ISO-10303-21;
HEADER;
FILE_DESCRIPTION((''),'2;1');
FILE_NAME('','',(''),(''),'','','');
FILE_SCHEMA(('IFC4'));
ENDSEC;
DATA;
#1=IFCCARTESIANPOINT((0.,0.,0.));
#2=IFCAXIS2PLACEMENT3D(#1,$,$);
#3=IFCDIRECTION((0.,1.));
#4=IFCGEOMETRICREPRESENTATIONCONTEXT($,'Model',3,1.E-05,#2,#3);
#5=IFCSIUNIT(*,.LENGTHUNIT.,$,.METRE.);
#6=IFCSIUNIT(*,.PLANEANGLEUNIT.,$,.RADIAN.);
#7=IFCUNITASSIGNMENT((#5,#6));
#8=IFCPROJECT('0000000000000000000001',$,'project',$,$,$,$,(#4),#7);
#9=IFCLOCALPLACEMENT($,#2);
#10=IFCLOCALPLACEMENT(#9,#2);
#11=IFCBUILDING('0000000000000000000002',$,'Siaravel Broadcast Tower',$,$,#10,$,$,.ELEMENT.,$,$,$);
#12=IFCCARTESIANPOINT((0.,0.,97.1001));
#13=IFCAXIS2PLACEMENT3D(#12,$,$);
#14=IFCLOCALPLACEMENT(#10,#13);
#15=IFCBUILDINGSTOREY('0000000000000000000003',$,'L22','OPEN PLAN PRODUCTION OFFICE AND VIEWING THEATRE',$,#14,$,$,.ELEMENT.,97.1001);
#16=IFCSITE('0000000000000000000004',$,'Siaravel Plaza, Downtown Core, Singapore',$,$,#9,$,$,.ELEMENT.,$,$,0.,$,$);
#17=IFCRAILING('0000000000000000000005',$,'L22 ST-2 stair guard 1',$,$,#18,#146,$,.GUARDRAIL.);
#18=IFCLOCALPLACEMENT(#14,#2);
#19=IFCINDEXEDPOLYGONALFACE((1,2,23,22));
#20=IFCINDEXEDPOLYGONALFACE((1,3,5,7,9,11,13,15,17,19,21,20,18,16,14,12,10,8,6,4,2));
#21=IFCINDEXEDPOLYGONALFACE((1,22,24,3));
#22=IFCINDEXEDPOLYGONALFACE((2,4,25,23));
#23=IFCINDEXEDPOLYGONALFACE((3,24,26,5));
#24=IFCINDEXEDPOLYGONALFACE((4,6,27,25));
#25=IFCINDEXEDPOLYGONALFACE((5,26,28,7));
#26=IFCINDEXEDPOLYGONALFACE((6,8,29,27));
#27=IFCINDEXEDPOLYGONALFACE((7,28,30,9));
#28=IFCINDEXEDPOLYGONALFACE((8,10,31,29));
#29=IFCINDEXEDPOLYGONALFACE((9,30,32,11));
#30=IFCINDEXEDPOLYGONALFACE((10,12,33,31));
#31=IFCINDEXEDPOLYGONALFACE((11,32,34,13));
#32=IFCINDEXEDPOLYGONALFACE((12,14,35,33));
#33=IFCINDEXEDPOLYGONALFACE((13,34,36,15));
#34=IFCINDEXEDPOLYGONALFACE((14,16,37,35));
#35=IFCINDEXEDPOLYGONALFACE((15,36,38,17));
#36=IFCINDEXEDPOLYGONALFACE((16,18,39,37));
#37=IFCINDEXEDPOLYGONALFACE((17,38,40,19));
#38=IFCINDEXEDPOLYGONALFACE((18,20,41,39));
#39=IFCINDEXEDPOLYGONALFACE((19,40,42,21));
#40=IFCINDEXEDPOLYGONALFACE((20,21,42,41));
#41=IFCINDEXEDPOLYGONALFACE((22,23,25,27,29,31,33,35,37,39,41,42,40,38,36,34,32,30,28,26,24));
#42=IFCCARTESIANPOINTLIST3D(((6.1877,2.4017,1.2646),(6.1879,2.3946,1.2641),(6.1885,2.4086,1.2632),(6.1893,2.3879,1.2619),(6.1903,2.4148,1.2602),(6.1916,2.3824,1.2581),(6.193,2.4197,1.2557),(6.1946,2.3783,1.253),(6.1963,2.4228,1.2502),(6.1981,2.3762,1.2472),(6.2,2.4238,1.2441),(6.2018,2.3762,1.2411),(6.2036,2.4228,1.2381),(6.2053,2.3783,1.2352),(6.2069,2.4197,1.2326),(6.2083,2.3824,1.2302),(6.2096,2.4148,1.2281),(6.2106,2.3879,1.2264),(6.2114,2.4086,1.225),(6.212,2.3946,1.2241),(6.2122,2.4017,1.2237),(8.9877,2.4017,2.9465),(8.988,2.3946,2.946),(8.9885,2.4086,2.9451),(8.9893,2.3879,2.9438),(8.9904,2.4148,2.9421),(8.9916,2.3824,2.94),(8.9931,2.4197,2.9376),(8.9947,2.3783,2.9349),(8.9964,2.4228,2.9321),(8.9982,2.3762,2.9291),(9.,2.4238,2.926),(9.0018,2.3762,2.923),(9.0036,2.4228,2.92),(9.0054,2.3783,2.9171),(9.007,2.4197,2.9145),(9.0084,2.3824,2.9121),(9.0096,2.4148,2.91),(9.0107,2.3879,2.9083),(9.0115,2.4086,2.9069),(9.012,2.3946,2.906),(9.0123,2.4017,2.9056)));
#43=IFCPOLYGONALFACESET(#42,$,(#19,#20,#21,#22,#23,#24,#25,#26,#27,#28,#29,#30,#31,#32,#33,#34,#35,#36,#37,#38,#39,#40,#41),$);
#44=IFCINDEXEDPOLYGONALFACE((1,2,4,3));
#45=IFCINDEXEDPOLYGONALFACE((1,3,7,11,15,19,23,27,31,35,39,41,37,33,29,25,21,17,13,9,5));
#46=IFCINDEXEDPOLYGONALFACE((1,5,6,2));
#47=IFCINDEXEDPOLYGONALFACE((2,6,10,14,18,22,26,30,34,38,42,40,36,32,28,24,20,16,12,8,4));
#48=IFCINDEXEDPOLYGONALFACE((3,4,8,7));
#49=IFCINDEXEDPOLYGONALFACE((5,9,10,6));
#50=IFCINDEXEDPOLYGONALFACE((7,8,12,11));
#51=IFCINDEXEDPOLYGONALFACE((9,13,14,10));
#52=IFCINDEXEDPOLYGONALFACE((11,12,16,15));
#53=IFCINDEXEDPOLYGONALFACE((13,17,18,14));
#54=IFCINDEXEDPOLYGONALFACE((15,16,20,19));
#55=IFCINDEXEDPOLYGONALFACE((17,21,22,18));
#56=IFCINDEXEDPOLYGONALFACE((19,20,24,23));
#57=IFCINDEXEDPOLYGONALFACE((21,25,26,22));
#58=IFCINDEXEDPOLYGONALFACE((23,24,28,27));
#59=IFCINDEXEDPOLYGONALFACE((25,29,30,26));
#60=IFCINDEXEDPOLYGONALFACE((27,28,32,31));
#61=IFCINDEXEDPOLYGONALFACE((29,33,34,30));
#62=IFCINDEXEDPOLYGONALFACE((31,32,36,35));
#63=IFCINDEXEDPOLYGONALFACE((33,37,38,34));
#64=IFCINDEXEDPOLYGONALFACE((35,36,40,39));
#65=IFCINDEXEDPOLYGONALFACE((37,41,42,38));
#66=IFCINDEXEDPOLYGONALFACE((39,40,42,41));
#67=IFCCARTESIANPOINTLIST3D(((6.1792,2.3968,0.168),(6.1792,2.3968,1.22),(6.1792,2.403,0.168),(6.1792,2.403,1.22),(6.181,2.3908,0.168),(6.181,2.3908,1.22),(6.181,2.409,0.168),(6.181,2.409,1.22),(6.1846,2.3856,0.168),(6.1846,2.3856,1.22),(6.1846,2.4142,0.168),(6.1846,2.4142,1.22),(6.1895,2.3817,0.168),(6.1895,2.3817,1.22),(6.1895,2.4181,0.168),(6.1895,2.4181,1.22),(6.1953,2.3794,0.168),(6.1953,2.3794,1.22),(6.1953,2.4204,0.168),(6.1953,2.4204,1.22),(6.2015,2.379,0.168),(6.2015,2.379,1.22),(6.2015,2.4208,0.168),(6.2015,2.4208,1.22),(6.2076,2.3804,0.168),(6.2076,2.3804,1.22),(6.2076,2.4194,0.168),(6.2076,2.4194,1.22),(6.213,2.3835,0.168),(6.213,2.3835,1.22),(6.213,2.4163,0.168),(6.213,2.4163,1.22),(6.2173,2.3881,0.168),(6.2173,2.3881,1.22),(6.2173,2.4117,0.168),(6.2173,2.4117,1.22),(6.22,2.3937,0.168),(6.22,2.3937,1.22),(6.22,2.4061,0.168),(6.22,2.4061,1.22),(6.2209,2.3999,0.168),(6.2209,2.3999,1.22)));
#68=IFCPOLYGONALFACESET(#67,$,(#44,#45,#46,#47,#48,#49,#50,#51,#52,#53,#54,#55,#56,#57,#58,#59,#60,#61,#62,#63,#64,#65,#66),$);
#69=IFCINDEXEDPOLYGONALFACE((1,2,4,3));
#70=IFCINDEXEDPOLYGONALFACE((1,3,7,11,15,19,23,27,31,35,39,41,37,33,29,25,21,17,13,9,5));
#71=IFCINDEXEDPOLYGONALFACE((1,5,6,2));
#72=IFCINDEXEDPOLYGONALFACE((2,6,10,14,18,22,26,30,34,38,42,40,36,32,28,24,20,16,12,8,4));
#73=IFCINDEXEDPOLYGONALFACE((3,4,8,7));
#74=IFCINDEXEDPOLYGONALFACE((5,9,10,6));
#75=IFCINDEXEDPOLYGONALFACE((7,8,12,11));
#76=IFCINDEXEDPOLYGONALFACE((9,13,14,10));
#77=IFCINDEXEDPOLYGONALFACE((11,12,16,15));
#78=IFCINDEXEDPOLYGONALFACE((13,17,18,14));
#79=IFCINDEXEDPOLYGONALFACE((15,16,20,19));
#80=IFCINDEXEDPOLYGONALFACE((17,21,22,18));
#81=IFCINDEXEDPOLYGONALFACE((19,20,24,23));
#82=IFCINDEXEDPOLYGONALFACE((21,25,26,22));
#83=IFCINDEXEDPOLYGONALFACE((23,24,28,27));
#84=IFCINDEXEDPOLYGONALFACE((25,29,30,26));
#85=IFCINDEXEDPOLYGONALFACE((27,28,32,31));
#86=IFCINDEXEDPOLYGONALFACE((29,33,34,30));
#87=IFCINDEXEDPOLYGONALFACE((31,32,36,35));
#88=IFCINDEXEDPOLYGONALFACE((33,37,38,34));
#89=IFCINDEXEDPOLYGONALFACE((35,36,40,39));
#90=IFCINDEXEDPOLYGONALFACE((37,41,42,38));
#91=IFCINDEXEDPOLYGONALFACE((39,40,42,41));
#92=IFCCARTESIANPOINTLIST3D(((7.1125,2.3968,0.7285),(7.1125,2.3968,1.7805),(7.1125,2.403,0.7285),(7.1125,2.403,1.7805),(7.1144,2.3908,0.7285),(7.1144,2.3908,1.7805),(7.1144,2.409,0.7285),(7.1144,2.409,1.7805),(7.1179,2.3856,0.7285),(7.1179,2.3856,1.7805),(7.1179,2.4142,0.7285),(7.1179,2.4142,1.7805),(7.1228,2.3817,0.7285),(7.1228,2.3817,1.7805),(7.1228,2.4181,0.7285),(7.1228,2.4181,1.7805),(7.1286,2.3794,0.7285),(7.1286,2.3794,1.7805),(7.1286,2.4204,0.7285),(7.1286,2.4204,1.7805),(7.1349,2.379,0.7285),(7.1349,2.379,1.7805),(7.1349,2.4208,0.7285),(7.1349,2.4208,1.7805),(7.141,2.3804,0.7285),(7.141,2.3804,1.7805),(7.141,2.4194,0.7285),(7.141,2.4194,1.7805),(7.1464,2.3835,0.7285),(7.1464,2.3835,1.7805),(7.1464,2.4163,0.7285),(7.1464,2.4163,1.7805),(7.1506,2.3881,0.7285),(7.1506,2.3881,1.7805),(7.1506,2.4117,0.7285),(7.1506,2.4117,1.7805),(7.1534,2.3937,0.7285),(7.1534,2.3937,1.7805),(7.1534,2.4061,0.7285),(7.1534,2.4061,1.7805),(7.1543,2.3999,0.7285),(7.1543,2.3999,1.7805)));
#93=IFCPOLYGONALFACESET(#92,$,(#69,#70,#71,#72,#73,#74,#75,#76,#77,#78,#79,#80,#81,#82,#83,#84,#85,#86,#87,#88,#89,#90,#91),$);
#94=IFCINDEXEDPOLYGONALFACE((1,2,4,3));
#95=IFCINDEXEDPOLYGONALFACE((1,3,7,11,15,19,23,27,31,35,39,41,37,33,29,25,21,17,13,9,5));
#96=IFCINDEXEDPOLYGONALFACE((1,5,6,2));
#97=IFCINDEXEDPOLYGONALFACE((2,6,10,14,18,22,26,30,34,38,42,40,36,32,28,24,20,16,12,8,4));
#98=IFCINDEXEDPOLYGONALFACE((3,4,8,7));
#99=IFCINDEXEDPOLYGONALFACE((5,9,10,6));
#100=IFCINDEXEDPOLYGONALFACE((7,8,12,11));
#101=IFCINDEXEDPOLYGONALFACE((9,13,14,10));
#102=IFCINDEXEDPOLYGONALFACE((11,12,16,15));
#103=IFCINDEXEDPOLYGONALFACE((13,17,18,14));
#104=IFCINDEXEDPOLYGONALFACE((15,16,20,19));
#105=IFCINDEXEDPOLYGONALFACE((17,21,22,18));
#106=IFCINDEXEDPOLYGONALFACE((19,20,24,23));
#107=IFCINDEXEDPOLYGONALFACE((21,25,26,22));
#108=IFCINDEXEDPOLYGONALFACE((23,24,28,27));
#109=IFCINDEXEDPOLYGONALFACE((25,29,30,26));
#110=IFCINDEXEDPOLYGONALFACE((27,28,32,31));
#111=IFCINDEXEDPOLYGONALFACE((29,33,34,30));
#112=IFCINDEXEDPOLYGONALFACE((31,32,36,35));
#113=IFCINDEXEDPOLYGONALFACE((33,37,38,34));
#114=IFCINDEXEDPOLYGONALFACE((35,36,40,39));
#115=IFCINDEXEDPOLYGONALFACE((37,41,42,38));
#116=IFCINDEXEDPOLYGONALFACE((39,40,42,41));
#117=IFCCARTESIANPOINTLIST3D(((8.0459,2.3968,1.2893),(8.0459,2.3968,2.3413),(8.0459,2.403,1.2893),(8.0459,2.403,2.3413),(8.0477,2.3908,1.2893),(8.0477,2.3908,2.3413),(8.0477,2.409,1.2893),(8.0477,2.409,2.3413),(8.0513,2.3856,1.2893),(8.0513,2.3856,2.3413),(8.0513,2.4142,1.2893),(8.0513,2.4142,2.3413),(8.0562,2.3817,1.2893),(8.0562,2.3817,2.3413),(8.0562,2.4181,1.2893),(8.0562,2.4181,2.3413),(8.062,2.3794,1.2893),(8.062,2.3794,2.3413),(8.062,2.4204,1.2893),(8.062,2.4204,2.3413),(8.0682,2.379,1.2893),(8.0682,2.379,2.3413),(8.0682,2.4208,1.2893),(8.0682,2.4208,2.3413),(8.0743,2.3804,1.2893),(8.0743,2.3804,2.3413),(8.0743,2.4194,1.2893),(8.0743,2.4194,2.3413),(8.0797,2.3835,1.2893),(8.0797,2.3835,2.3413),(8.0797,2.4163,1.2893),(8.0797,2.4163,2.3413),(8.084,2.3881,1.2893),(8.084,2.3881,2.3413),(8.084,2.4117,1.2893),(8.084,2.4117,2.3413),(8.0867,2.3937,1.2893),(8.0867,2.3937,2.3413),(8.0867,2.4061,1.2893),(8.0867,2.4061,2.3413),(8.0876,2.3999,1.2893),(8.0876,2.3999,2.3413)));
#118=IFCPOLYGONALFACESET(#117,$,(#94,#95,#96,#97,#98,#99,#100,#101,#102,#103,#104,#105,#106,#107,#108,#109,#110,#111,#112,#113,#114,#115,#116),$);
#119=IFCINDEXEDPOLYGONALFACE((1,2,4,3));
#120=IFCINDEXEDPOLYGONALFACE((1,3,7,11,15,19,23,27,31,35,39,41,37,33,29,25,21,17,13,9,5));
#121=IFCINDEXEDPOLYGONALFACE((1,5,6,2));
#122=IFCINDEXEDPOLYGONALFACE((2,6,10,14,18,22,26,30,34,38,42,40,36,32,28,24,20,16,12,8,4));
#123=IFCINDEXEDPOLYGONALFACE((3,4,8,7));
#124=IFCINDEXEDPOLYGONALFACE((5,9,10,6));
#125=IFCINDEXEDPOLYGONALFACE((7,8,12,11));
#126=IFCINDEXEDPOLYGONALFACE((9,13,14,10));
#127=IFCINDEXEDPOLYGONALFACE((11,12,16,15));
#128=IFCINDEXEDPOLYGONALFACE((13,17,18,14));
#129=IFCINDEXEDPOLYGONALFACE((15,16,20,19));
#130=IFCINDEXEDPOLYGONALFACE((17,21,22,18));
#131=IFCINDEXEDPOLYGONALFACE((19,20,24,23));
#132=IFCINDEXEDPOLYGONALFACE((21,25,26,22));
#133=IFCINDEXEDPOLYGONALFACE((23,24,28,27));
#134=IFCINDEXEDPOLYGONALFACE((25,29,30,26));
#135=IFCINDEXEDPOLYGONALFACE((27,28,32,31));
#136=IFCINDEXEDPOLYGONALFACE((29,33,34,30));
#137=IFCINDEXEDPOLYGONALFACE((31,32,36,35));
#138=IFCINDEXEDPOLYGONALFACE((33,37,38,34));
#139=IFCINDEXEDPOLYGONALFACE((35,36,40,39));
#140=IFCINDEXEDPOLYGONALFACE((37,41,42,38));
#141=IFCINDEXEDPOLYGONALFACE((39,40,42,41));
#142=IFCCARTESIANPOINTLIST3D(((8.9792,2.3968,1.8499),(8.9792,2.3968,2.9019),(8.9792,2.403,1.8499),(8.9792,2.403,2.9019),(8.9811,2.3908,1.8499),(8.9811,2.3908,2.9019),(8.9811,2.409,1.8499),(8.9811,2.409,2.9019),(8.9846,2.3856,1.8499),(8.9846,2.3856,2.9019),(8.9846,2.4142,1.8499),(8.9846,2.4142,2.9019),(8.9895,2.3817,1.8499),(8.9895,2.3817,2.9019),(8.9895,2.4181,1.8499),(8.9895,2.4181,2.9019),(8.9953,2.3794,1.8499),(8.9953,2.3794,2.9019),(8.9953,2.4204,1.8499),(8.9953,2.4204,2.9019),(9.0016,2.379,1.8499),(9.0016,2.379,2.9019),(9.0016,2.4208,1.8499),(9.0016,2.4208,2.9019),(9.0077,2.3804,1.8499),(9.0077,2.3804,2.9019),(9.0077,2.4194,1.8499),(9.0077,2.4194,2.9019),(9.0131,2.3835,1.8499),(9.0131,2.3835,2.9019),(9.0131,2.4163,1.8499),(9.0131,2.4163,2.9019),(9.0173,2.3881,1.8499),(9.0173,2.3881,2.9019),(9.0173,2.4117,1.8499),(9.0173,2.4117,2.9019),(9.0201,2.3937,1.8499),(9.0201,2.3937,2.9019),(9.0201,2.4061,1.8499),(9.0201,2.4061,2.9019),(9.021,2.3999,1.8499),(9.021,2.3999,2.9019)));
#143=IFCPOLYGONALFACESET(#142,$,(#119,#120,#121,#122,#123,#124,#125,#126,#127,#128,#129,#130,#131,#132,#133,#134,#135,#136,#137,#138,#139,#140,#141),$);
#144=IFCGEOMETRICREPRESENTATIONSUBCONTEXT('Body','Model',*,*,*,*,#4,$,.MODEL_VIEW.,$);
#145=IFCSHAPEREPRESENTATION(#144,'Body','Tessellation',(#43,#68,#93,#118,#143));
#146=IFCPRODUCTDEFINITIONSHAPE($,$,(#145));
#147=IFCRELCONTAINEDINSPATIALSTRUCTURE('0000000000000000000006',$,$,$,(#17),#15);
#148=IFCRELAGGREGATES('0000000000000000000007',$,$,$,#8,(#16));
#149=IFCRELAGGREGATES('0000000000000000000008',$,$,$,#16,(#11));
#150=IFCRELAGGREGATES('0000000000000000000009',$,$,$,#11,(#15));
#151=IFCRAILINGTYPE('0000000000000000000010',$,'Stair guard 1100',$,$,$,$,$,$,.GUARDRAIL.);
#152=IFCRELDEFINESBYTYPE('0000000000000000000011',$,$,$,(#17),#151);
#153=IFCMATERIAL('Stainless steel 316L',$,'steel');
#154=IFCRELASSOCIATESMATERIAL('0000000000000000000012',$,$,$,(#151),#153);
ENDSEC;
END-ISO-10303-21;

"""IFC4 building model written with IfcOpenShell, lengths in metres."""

from ifc_helpers import new_model, si_unit, direction, frame, origin, origin_2d, place, context, subcontext, project, spatial, circle, extrude, material, type_object, element, save


model = new_model("IFC4")

# Units and contexts
model_context = context("Model", 3, precision=1e-05, world=origin(), true_north=direction((0.0, 1.0)))
body_context = subcontext(model_context, "Body", "Model", "MODEL_VIEW")
ifc_project = project(units=[si_unit("LENGTHUNIT", "METRE"), si_unit("PLANEANGLEUNIT", "RADIAN")], contexts=[model_context])

# Site, building, storey
site_placement = place(None, origin())
site = spatial("IfcSite", under=ifc_project, at=site_placement, Name="Siaravel Plaza, Downtown Core, Singapore", CompositionType="ELEMENT", RefElevation=0.0)
building_placement = place(site_placement, origin())
building = spatial("IfcBuilding", under=site, at=building_placement, Name="Siaravel Broadcast Tower", CompositionType="ELEMENT")
storey_placement = place(building_placement, frame((0.0, 0.0, 97.1001)))
storey = spatial("IfcBuildingStorey", under=building, at=storey_placement, Name="L22", Description="OPEN PLAN PRODUCTION OFFICE AND VIEWING THEATRE", CompositionType="ELEMENT", Elevation=97.1001)

# Railing
ifc_material_1 = material(Name="Stainless steel 316L", Category="steel")
railing_type_1 = type_object("IfcRailingType", Name="Stair guard 1100", PredefinedType="GUARDRAIL", material=ifc_material_1)
railing_1_placement = place(storey_placement, frame((6.2, 2.3999, 0.168)))
element("IfcRailing", 1, at=railing_1_placement, inside=storey, type_object=railing_type_1, Name="L22 ST-2 stair guard 1", PredefinedType="GUARDRAIL", context=body_context, shape_type="SweptSolid", body=[
    extrude(circle(Radius=0.0239, at=origin_2d()), frame((0.0, 0.0, 1.0762), z_axis=(0.857242, 0.0, 0.514913), x_axis=(0.0, 1.0, 0.0)), (0.0, 0.0, 1.0), 3.2664),
    extrude(circle(Radius=0.021, at=origin_2d()), origin(), (0.0, 0.0, 1.0), 1.052),
    extrude(circle(Radius=0.021, at=origin_2d()), frame((0.9333, 0.0, 0.5605)), (0.0, 0.0, 1.0), 1.052),
    extrude(circle(Radius=0.021, at=origin_2d()), frame((1.8667, 0.0, 1.1213)), (0.0, 0.0, 1.0), 1.052),
    extrude(circle(Radius=0.021, at=origin_2d()), frame((2.8, 0.0, 1.6819)), (0.0, 0.0, 1.0), 1.052),
])

save(model, "model.ifc")
